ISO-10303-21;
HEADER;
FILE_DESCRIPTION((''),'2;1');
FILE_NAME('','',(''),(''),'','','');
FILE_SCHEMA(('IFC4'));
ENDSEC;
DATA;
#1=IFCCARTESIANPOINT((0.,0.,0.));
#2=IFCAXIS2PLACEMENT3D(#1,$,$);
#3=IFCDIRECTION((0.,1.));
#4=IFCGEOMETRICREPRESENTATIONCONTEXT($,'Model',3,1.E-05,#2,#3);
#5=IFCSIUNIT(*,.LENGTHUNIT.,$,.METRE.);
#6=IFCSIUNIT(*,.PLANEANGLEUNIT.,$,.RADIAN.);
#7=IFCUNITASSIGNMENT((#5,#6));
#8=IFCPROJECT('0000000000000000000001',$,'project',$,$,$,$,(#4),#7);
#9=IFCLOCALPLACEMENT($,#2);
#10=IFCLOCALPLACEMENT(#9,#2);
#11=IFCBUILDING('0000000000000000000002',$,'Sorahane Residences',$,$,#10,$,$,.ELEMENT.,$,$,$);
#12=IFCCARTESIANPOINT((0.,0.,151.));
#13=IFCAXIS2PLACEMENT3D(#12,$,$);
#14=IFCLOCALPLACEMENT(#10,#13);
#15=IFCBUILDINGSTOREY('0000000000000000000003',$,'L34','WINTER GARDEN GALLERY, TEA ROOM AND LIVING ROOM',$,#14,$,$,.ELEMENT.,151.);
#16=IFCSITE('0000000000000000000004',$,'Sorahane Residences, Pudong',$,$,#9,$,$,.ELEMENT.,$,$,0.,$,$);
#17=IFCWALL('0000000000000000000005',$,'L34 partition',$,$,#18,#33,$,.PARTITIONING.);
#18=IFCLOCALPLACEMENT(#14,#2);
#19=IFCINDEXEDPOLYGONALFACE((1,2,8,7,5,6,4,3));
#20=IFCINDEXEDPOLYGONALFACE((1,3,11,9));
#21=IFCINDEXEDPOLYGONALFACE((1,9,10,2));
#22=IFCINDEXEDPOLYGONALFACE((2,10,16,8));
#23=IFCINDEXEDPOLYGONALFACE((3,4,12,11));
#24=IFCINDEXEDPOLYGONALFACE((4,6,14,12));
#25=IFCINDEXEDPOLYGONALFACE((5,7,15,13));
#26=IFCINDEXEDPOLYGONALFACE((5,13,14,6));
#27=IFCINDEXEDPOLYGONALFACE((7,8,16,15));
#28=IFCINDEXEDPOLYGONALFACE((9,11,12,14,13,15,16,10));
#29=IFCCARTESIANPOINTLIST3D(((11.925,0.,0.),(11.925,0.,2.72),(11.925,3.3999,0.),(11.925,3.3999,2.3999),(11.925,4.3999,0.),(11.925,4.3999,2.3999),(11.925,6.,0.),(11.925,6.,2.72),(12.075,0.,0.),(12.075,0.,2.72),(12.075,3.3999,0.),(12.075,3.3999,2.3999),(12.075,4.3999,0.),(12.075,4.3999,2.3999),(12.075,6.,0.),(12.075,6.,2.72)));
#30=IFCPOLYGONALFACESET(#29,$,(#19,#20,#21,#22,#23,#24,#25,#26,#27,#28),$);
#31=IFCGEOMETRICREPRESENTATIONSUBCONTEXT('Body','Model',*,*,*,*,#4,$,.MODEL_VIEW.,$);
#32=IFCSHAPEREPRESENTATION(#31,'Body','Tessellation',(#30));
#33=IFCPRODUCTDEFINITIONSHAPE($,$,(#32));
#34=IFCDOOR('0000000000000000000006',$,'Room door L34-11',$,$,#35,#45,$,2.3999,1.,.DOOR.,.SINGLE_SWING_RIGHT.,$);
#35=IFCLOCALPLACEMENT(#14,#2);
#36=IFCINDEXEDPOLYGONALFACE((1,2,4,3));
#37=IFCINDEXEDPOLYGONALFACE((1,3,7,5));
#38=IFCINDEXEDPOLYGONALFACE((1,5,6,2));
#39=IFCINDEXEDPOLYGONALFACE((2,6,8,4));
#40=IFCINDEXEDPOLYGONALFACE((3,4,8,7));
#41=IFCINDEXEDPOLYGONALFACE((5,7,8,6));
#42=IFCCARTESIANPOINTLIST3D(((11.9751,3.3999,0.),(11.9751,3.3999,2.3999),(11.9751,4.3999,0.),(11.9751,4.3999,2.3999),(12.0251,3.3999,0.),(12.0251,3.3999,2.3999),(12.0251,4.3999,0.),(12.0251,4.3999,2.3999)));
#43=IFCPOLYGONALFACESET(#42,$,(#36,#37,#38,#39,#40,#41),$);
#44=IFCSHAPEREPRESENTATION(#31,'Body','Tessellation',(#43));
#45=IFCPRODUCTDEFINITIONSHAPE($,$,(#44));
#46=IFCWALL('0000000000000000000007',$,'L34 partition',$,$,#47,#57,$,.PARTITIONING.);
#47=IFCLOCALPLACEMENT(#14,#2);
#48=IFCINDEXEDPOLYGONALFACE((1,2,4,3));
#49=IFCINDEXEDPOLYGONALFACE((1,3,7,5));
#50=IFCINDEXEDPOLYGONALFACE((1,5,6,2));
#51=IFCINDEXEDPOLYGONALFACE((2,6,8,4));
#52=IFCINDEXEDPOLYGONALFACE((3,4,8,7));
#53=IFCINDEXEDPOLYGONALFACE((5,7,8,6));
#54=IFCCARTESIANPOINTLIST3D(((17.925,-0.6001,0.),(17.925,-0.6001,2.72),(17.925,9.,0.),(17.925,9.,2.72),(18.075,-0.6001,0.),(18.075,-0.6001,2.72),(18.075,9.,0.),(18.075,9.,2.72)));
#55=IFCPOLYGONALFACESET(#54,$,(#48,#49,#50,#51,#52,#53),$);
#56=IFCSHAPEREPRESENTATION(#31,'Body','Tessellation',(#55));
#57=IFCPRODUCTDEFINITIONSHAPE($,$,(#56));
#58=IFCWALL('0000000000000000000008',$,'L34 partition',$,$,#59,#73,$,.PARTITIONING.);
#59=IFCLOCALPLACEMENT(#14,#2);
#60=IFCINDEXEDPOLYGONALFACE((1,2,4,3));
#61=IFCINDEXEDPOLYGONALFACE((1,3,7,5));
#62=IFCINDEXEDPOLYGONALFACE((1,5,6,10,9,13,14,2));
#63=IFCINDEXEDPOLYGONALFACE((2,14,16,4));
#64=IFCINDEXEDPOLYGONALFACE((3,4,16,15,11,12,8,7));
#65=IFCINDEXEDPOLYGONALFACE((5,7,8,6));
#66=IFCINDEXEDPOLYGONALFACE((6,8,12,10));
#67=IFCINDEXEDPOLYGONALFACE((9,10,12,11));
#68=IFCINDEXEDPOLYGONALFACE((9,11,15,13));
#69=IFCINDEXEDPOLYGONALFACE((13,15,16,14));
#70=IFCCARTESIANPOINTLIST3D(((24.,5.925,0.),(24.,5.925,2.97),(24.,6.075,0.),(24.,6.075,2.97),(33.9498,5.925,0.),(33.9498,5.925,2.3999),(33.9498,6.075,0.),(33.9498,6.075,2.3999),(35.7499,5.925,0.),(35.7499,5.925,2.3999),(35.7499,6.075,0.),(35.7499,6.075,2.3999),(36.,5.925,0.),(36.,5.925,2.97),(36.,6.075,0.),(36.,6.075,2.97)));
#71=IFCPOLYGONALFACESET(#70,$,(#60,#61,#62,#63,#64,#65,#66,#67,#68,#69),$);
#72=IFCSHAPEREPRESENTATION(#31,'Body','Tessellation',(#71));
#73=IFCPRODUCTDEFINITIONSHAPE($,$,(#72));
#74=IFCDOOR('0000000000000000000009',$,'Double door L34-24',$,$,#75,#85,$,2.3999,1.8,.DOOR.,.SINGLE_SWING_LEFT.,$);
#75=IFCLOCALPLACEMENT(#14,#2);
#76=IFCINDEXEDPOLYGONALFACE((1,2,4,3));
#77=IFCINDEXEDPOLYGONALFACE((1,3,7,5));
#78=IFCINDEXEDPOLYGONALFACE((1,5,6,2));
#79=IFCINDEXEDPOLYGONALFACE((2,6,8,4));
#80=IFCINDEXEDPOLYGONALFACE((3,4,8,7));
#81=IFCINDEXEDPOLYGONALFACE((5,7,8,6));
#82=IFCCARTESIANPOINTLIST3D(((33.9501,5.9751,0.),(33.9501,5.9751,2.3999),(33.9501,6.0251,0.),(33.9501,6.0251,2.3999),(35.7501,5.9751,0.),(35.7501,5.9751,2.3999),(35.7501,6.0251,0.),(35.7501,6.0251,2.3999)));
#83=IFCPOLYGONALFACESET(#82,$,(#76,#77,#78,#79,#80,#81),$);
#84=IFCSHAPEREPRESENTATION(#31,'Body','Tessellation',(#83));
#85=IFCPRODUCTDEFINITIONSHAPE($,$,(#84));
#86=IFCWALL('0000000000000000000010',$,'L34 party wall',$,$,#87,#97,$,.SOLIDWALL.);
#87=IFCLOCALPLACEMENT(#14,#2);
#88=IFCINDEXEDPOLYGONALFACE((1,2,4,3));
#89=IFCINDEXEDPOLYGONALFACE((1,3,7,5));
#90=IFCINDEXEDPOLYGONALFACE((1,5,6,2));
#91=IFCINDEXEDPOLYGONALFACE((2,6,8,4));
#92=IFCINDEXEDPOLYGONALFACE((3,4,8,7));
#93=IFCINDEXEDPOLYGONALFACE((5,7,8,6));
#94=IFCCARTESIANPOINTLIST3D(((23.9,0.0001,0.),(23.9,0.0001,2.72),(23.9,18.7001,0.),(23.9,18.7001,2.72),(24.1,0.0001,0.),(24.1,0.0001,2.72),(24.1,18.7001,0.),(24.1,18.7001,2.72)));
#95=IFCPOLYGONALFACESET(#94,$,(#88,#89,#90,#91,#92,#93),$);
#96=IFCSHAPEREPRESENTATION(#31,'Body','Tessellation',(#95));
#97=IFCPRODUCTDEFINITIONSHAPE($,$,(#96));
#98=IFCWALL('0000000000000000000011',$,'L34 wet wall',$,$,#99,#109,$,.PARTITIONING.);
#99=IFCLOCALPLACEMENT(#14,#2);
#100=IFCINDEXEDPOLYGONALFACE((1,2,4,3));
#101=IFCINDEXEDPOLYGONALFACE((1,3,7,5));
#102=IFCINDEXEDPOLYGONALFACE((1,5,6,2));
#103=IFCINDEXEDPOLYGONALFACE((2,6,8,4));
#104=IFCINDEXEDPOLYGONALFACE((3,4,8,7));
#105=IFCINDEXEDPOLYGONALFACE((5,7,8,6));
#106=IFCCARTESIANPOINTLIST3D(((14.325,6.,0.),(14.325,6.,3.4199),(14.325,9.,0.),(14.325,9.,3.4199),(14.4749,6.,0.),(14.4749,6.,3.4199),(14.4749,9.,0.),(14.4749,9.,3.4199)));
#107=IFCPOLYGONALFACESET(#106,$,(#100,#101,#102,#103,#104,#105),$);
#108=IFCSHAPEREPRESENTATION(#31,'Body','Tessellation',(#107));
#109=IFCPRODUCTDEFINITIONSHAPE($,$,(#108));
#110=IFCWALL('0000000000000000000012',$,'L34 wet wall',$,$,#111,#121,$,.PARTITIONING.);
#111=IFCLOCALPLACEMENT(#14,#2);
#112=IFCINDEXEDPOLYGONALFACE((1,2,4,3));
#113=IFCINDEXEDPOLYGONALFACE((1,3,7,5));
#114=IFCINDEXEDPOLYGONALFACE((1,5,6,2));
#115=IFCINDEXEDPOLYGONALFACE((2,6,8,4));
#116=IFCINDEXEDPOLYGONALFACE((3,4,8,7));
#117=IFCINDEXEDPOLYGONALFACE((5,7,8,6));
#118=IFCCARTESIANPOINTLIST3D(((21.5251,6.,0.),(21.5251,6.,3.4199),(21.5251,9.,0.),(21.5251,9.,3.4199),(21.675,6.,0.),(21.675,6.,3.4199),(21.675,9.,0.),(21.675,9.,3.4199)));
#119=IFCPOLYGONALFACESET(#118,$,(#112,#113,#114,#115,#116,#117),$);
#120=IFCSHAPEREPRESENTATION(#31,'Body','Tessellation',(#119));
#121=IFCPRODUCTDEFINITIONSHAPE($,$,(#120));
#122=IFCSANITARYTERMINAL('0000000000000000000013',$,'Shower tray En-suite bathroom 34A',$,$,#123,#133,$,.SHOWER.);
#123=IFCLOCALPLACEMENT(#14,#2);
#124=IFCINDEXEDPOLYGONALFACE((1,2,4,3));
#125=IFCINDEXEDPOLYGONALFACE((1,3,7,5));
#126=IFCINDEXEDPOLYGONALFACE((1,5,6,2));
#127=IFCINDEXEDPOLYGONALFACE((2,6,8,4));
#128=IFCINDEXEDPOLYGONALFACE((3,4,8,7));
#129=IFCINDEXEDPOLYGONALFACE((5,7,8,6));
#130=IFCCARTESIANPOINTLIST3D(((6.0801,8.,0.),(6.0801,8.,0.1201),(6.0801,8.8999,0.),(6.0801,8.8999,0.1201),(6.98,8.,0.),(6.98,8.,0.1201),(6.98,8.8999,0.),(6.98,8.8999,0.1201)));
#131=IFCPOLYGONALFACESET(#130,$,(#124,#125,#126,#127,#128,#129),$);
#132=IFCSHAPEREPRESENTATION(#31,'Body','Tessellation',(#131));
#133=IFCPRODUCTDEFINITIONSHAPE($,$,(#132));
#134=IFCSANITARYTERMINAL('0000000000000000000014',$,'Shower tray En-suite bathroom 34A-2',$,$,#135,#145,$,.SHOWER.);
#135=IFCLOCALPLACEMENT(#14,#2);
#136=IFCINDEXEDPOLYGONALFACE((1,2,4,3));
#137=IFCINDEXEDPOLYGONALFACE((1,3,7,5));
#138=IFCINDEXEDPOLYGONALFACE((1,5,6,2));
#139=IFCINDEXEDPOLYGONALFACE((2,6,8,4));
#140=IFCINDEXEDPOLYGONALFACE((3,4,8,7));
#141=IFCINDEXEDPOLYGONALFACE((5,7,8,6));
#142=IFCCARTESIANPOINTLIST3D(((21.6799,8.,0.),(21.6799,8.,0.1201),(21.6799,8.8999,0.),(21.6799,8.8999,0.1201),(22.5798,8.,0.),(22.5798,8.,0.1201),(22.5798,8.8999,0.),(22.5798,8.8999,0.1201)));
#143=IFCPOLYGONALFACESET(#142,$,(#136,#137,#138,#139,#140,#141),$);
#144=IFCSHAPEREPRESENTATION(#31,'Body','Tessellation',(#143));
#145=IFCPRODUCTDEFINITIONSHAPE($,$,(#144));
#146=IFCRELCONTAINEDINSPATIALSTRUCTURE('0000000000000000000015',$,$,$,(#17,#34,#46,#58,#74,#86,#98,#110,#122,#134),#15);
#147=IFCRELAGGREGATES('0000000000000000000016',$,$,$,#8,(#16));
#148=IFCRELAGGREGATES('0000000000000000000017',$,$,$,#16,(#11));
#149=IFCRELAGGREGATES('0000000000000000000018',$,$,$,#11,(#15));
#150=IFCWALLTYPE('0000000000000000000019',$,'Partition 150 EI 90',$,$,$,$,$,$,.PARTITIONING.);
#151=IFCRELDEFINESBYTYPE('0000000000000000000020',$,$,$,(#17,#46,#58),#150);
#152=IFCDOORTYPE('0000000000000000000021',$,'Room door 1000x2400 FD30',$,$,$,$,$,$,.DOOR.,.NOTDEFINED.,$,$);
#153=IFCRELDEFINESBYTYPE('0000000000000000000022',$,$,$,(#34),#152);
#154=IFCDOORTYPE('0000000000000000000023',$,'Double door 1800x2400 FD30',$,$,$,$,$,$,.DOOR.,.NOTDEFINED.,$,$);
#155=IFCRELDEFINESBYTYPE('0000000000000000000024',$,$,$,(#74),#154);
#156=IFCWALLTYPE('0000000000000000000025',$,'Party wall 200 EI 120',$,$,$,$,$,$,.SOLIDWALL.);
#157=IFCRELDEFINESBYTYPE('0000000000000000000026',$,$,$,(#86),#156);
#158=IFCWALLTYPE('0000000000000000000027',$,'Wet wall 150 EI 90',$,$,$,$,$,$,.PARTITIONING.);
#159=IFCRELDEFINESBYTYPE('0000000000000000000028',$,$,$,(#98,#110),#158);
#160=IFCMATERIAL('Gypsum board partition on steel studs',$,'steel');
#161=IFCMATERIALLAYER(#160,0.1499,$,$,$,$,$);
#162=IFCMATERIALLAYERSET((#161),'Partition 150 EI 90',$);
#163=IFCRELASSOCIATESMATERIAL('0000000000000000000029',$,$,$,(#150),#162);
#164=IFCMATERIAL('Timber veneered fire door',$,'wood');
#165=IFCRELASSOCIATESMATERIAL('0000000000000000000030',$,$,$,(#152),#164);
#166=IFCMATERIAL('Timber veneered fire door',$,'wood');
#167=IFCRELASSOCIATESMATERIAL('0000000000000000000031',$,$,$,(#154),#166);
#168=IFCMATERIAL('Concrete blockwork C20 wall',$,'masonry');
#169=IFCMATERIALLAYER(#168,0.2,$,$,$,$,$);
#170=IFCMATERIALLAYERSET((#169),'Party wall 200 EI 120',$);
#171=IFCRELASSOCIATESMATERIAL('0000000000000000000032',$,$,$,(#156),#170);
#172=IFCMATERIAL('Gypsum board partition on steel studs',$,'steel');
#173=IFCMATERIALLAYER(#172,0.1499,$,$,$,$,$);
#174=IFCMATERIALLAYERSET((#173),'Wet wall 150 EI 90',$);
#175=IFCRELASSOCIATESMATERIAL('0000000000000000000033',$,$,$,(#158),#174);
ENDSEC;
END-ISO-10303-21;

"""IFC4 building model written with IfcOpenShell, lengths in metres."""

from ifc_helpers import new_model, si_unit, direction, frame, frame_2d, origin, origin_2d, place, context, subcontext, project, spatial, rectangle, extrude, material, layer, layer_set, type_object, element, fill, save


model = new_model("IFC4")

# Units and contexts
model_context = context("Model", 3, precision=1e-05, world=origin(), true_north=direction((0.0, 1.0)))
body_context = subcontext(model_context, "Body", "Model", "MODEL_VIEW")
ifc_project = project(units=[si_unit("LENGTHUNIT", "METRE"), si_unit("PLANEANGLEUNIT", "RADIAN")], contexts=[model_context])

# Site, building, storey
site_placement = place(None, origin())
site = spatial("IfcSite", under=ifc_project, at=site_placement, Name="Sorahane Residences, Pudong", CompositionType="ELEMENT", RefElevation=0.0)
building_placement = place(site_placement, origin())
building = spatial("IfcBuilding", under=site, at=building_placement, Name="Sorahane Residences", CompositionType="ELEMENT")
storey_placement = place(building_placement, frame((0.0, 0.0, 151.0)))
storey = spatial("IfcBuildingStorey", under=building, at=storey_placement, Name="L34", Description="WINTER GARDEN GALLERY, TEA ROOM AND LIVING ROOM", CompositionType="ELEMENT", Elevation=151.0)

# Wall, opening, door
ifc_material_1 = material(Name="Gypsum board partition on steel studs", Category="steel")
ifc_layer_1 = layer(ifc_material_1, 0.1499)
ifc_layer_set_1 = layer_set([ifc_layer_1], Name="Partition 150 EI 90")
wall_type_1 = type_object("IfcWallType", Name="Partition 150 EI 90", PredefinedType="PARTITIONING", material=ifc_layer_set_1)
wall_1_placement = place(storey_placement, frame((12.0, 0.0, 0.0), z_axis=(0.0, 0.0, 1.0), x_axis=(0.0, 1.0, 0.0)))
wall_1 = element("IfcWall", 1, at=wall_1_placement, inside=storey, type_object=wall_type_1, Name="L34 partition", PredefinedType="PARTITIONING", context=body_context, shape_type="SweptSolid", body=[
    extrude(rectangle(XDim=6.0, YDim=0.1499, at=frame_2d((3.0, 0.0))), origin(), (0.0, 0.0, 1.0), 2.72),
])
opening_1_placement = place(wall_1_placement, frame((3.3999, 0.0, 0.0)))
opening_1 = element("IfcOpeningElement", 2, at=opening_1_placement, cuts=wall_1, PredefinedType="OPENING", context=body_context, shape_type="SweptSolid", body=[
    extrude(rectangle(XDim=1.0, YDim=2.3999, at=frame_2d((0.5, 1.2))), frame((0.0, 0.085, 0.0), z_axis=(0.0, -1.0, 0.0), x_axis=(1.0, 0.0, 0.0)), (0.0, 0.0, 1.0), 0.1699),
])
ifc_material_2 = material(Name="Timber veneered fire door", Category="wood")
door_type_1 = type_object("IfcDoorType", Name="Room door 1000x2400 FD30", OperationType="NOTDEFINED", PredefinedType="DOOR", material=ifc_material_2)
door_1_placement = place(opening_1_placement, origin())
door_1 = element("IfcDoor", 3, at=door_1_placement, inside=storey, type_object=door_type_1, Name="Room door L34-11", OperationType="SINGLE_SWING_RIGHT", OverallHeight=2.3999, OverallWidth=1.0, PredefinedType="DOOR", context=body_context, shape_type="SweptSolid", body=[
    extrude(rectangle(XDim=1.0, YDim=2.3999, at=frame_2d((0.5, 1.2))), frame((0.0, 0.0249, 0.0), z_axis=(0.0, -1.0, 0.0), x_axis=(1.0, 0.0, 0.0)), (0.0, 0.0, 1.0), 0.05),
])
fill(opening_1, door_1)

# Wall
wall_2_placement = place(storey_placement, frame((18.0, -0.6001, 0.0), z_axis=(0.0, 0.0, 1.0), x_axis=(0.0, 1.0, 0.0)))
element("IfcWall", 4, at=wall_2_placement, inside=storey, type_object=wall_type_1, Name="L34 partition", PredefinedType="PARTITIONING", context=body_context, shape_type="SweptSolid", body=[
    extrude(rectangle(XDim=9.6001, YDim=0.1499, at=frame_2d((4.8, 0.0))), origin(), (0.0, 0.0, 1.0), 2.72),
])

# Wall, opening, door
wall_3_placement = place(storey_placement, frame((24.0, 6.0, 0.0), z_axis=(0.0, 0.0, 1.0), x_axis=(1.0, 0.0, 0.0)))
wall_3 = element("IfcWall", 5, at=wall_3_placement, inside=storey, type_object=wall_type_1, Name="L34 partition", PredefinedType="PARTITIONING", context=body_context, shape_type="SweptSolid", body=[
    extrude(rectangle(XDim=12.0, YDim=0.1499, at=frame_2d((6.0, 0.0))), origin(), (0.0, 0.0, 1.0), 2.97),
])
opening_2_placement = place(wall_3_placement, frame((9.95, 0.0, 0.0)))
opening_2 = element("IfcOpeningElement", 6, at=opening_2_placement, cuts=wall_3, PredefinedType="OPENING", context=body_context, shape_type="SweptSolid", body=[
    extrude(rectangle(XDim=1.8, YDim=2.3999, at=frame_2d((0.8999, 1.2))), frame((0.0, 0.085, 0.0), z_axis=(0.0, -1.0, 0.0), x_axis=(1.0, 0.0, 0.0)), (0.0, 0.0, 1.0), 0.1699),
])
ifc_material_3 = material(Name="Timber veneered fire door", Category="wood")
door_type_2 = type_object("IfcDoorType", Name="Double door 1800x2400 FD30", OperationType="NOTDEFINED", PredefinedType="DOOR", material=ifc_material_3)
door_2_placement = place(opening_2_placement, frame((1.8, 0.0, 0.0), z_axis=(0.0, 0.0, 1.0), x_axis=(-1.0, 0.0, 0.0)))
door_2 = element("IfcDoor", 7, at=door_2_placement, inside=storey, type_object=door_type_2, Name="Double door L34-24", OperationType="SINGLE_SWING_LEFT", OverallHeight=2.3999, OverallWidth=1.8, PredefinedType="DOOR", context=body_context, shape_type="SweptSolid", body=[
    extrude(rectangle(XDim=1.8, YDim=2.3999, at=frame_2d((0.8999, 1.2))), frame((0.0, 0.0249, 0.0), z_axis=(0.0, -1.0, 0.0), x_axis=(1.0, 0.0, 0.0)), (0.0, 0.0, 1.0), 0.05),
])
fill(opening_2, door_2)

# Walls
ifc_material_4 = material(Name="Concrete blockwork C20 wall", Category="masonry")
ifc_layer_2 = layer(ifc_material_4, 0.2)
ifc_layer_set_2 = layer_set([ifc_layer_2], Name="Party wall 200 EI 120")
wall_type_2 = type_object("IfcWallType", Name="Party wall 200 EI 120", PredefinedType="SOLIDWALL", material=ifc_layer_set_2)
wall_4_placement = place(storey_placement, frame((24.0, 0.0, 0.0), z_axis=(0.0, 0.0, 1.0), x_axis=(0.0, 1.0, 0.0)))
element("IfcWall", 8, at=wall_4_placement, inside=storey, type_object=wall_type_2, Name="L34 party wall", PredefinedType="SOLIDWALL", context=body_context, shape_type="SweptSolid", body=[
    extrude(rectangle(XDim=18.7, YDim=0.2, at=frame_2d((9.3501, 0.0))), origin(), (0.0, 0.0, 1.0), 2.72),
])
ifc_material_5 = material(Name="Gypsum board partition on steel studs", Category="steel")
ifc_layer_3 = layer(ifc_material_5, 0.1499)
ifc_layer_set_3 = layer_set([ifc_layer_3], Name="Wet wall 150 EI 90")
wall_type_3 = type_object("IfcWallType", Name="Wet wall 150 EI 90", PredefinedType="PARTITIONING", material=ifc_layer_set_3)
for number, where, z_axis, x_axis, name in (
    (9, (14.3999, 6.0, 0.0), (0.0, 0.0, 1.0), (0.0, 1.0, 0.0), "L34 wet wall"),
    (10, (21.6001, 6.0, 0.0), (0.0, 0.0, 1.0), (0.0, 1.0, 0.0), "L34 wet wall"),
):
    element("IfcWall", number, at=place(storey_placement, frame(where, z_axis=z_axis, x_axis=x_axis)), inside=storey, type_object=wall_type_3, Name=name, PredefinedType="PARTITIONING", context=body_context, shape_type="SweptSolid", body=[
        extrude(rectangle(XDim=3.0, YDim=0.1499, at=frame_2d((1.5, 0.0))), origin(), (0.0, 0.0, 1.0), 3.4199),
    ])

# Sanitary terminals
for number, where, z_axis, x_axis, name in (
    (11, (6.53, 8.45, 0.0), (0.0, 0.0, 1.0), (1.0, 0.0, 0.0), "Shower tray En-suite bathroom 34A"),
    (12, (22.1299, 8.45, 0.0), (0.0, 0.0, 1.0), (1.0, 0.0, 0.0), "Shower tray En-suite bathroom 34A-2"),
):
    element("IfcSanitaryTerminal", number, at=place(storey_placement, frame(where, z_axis=z_axis, x_axis=x_axis)), inside=storey, Name=name, PredefinedType="SHOWER", context=body_context, shape_type="SweptSolid", body=[
        extrude(rectangle(XDim=0.8999, YDim=0.8999, at=origin_2d()), origin(), (0.0, 0.0, 1.0), 0.1201),
    ])

save(model, "model.ifc")
